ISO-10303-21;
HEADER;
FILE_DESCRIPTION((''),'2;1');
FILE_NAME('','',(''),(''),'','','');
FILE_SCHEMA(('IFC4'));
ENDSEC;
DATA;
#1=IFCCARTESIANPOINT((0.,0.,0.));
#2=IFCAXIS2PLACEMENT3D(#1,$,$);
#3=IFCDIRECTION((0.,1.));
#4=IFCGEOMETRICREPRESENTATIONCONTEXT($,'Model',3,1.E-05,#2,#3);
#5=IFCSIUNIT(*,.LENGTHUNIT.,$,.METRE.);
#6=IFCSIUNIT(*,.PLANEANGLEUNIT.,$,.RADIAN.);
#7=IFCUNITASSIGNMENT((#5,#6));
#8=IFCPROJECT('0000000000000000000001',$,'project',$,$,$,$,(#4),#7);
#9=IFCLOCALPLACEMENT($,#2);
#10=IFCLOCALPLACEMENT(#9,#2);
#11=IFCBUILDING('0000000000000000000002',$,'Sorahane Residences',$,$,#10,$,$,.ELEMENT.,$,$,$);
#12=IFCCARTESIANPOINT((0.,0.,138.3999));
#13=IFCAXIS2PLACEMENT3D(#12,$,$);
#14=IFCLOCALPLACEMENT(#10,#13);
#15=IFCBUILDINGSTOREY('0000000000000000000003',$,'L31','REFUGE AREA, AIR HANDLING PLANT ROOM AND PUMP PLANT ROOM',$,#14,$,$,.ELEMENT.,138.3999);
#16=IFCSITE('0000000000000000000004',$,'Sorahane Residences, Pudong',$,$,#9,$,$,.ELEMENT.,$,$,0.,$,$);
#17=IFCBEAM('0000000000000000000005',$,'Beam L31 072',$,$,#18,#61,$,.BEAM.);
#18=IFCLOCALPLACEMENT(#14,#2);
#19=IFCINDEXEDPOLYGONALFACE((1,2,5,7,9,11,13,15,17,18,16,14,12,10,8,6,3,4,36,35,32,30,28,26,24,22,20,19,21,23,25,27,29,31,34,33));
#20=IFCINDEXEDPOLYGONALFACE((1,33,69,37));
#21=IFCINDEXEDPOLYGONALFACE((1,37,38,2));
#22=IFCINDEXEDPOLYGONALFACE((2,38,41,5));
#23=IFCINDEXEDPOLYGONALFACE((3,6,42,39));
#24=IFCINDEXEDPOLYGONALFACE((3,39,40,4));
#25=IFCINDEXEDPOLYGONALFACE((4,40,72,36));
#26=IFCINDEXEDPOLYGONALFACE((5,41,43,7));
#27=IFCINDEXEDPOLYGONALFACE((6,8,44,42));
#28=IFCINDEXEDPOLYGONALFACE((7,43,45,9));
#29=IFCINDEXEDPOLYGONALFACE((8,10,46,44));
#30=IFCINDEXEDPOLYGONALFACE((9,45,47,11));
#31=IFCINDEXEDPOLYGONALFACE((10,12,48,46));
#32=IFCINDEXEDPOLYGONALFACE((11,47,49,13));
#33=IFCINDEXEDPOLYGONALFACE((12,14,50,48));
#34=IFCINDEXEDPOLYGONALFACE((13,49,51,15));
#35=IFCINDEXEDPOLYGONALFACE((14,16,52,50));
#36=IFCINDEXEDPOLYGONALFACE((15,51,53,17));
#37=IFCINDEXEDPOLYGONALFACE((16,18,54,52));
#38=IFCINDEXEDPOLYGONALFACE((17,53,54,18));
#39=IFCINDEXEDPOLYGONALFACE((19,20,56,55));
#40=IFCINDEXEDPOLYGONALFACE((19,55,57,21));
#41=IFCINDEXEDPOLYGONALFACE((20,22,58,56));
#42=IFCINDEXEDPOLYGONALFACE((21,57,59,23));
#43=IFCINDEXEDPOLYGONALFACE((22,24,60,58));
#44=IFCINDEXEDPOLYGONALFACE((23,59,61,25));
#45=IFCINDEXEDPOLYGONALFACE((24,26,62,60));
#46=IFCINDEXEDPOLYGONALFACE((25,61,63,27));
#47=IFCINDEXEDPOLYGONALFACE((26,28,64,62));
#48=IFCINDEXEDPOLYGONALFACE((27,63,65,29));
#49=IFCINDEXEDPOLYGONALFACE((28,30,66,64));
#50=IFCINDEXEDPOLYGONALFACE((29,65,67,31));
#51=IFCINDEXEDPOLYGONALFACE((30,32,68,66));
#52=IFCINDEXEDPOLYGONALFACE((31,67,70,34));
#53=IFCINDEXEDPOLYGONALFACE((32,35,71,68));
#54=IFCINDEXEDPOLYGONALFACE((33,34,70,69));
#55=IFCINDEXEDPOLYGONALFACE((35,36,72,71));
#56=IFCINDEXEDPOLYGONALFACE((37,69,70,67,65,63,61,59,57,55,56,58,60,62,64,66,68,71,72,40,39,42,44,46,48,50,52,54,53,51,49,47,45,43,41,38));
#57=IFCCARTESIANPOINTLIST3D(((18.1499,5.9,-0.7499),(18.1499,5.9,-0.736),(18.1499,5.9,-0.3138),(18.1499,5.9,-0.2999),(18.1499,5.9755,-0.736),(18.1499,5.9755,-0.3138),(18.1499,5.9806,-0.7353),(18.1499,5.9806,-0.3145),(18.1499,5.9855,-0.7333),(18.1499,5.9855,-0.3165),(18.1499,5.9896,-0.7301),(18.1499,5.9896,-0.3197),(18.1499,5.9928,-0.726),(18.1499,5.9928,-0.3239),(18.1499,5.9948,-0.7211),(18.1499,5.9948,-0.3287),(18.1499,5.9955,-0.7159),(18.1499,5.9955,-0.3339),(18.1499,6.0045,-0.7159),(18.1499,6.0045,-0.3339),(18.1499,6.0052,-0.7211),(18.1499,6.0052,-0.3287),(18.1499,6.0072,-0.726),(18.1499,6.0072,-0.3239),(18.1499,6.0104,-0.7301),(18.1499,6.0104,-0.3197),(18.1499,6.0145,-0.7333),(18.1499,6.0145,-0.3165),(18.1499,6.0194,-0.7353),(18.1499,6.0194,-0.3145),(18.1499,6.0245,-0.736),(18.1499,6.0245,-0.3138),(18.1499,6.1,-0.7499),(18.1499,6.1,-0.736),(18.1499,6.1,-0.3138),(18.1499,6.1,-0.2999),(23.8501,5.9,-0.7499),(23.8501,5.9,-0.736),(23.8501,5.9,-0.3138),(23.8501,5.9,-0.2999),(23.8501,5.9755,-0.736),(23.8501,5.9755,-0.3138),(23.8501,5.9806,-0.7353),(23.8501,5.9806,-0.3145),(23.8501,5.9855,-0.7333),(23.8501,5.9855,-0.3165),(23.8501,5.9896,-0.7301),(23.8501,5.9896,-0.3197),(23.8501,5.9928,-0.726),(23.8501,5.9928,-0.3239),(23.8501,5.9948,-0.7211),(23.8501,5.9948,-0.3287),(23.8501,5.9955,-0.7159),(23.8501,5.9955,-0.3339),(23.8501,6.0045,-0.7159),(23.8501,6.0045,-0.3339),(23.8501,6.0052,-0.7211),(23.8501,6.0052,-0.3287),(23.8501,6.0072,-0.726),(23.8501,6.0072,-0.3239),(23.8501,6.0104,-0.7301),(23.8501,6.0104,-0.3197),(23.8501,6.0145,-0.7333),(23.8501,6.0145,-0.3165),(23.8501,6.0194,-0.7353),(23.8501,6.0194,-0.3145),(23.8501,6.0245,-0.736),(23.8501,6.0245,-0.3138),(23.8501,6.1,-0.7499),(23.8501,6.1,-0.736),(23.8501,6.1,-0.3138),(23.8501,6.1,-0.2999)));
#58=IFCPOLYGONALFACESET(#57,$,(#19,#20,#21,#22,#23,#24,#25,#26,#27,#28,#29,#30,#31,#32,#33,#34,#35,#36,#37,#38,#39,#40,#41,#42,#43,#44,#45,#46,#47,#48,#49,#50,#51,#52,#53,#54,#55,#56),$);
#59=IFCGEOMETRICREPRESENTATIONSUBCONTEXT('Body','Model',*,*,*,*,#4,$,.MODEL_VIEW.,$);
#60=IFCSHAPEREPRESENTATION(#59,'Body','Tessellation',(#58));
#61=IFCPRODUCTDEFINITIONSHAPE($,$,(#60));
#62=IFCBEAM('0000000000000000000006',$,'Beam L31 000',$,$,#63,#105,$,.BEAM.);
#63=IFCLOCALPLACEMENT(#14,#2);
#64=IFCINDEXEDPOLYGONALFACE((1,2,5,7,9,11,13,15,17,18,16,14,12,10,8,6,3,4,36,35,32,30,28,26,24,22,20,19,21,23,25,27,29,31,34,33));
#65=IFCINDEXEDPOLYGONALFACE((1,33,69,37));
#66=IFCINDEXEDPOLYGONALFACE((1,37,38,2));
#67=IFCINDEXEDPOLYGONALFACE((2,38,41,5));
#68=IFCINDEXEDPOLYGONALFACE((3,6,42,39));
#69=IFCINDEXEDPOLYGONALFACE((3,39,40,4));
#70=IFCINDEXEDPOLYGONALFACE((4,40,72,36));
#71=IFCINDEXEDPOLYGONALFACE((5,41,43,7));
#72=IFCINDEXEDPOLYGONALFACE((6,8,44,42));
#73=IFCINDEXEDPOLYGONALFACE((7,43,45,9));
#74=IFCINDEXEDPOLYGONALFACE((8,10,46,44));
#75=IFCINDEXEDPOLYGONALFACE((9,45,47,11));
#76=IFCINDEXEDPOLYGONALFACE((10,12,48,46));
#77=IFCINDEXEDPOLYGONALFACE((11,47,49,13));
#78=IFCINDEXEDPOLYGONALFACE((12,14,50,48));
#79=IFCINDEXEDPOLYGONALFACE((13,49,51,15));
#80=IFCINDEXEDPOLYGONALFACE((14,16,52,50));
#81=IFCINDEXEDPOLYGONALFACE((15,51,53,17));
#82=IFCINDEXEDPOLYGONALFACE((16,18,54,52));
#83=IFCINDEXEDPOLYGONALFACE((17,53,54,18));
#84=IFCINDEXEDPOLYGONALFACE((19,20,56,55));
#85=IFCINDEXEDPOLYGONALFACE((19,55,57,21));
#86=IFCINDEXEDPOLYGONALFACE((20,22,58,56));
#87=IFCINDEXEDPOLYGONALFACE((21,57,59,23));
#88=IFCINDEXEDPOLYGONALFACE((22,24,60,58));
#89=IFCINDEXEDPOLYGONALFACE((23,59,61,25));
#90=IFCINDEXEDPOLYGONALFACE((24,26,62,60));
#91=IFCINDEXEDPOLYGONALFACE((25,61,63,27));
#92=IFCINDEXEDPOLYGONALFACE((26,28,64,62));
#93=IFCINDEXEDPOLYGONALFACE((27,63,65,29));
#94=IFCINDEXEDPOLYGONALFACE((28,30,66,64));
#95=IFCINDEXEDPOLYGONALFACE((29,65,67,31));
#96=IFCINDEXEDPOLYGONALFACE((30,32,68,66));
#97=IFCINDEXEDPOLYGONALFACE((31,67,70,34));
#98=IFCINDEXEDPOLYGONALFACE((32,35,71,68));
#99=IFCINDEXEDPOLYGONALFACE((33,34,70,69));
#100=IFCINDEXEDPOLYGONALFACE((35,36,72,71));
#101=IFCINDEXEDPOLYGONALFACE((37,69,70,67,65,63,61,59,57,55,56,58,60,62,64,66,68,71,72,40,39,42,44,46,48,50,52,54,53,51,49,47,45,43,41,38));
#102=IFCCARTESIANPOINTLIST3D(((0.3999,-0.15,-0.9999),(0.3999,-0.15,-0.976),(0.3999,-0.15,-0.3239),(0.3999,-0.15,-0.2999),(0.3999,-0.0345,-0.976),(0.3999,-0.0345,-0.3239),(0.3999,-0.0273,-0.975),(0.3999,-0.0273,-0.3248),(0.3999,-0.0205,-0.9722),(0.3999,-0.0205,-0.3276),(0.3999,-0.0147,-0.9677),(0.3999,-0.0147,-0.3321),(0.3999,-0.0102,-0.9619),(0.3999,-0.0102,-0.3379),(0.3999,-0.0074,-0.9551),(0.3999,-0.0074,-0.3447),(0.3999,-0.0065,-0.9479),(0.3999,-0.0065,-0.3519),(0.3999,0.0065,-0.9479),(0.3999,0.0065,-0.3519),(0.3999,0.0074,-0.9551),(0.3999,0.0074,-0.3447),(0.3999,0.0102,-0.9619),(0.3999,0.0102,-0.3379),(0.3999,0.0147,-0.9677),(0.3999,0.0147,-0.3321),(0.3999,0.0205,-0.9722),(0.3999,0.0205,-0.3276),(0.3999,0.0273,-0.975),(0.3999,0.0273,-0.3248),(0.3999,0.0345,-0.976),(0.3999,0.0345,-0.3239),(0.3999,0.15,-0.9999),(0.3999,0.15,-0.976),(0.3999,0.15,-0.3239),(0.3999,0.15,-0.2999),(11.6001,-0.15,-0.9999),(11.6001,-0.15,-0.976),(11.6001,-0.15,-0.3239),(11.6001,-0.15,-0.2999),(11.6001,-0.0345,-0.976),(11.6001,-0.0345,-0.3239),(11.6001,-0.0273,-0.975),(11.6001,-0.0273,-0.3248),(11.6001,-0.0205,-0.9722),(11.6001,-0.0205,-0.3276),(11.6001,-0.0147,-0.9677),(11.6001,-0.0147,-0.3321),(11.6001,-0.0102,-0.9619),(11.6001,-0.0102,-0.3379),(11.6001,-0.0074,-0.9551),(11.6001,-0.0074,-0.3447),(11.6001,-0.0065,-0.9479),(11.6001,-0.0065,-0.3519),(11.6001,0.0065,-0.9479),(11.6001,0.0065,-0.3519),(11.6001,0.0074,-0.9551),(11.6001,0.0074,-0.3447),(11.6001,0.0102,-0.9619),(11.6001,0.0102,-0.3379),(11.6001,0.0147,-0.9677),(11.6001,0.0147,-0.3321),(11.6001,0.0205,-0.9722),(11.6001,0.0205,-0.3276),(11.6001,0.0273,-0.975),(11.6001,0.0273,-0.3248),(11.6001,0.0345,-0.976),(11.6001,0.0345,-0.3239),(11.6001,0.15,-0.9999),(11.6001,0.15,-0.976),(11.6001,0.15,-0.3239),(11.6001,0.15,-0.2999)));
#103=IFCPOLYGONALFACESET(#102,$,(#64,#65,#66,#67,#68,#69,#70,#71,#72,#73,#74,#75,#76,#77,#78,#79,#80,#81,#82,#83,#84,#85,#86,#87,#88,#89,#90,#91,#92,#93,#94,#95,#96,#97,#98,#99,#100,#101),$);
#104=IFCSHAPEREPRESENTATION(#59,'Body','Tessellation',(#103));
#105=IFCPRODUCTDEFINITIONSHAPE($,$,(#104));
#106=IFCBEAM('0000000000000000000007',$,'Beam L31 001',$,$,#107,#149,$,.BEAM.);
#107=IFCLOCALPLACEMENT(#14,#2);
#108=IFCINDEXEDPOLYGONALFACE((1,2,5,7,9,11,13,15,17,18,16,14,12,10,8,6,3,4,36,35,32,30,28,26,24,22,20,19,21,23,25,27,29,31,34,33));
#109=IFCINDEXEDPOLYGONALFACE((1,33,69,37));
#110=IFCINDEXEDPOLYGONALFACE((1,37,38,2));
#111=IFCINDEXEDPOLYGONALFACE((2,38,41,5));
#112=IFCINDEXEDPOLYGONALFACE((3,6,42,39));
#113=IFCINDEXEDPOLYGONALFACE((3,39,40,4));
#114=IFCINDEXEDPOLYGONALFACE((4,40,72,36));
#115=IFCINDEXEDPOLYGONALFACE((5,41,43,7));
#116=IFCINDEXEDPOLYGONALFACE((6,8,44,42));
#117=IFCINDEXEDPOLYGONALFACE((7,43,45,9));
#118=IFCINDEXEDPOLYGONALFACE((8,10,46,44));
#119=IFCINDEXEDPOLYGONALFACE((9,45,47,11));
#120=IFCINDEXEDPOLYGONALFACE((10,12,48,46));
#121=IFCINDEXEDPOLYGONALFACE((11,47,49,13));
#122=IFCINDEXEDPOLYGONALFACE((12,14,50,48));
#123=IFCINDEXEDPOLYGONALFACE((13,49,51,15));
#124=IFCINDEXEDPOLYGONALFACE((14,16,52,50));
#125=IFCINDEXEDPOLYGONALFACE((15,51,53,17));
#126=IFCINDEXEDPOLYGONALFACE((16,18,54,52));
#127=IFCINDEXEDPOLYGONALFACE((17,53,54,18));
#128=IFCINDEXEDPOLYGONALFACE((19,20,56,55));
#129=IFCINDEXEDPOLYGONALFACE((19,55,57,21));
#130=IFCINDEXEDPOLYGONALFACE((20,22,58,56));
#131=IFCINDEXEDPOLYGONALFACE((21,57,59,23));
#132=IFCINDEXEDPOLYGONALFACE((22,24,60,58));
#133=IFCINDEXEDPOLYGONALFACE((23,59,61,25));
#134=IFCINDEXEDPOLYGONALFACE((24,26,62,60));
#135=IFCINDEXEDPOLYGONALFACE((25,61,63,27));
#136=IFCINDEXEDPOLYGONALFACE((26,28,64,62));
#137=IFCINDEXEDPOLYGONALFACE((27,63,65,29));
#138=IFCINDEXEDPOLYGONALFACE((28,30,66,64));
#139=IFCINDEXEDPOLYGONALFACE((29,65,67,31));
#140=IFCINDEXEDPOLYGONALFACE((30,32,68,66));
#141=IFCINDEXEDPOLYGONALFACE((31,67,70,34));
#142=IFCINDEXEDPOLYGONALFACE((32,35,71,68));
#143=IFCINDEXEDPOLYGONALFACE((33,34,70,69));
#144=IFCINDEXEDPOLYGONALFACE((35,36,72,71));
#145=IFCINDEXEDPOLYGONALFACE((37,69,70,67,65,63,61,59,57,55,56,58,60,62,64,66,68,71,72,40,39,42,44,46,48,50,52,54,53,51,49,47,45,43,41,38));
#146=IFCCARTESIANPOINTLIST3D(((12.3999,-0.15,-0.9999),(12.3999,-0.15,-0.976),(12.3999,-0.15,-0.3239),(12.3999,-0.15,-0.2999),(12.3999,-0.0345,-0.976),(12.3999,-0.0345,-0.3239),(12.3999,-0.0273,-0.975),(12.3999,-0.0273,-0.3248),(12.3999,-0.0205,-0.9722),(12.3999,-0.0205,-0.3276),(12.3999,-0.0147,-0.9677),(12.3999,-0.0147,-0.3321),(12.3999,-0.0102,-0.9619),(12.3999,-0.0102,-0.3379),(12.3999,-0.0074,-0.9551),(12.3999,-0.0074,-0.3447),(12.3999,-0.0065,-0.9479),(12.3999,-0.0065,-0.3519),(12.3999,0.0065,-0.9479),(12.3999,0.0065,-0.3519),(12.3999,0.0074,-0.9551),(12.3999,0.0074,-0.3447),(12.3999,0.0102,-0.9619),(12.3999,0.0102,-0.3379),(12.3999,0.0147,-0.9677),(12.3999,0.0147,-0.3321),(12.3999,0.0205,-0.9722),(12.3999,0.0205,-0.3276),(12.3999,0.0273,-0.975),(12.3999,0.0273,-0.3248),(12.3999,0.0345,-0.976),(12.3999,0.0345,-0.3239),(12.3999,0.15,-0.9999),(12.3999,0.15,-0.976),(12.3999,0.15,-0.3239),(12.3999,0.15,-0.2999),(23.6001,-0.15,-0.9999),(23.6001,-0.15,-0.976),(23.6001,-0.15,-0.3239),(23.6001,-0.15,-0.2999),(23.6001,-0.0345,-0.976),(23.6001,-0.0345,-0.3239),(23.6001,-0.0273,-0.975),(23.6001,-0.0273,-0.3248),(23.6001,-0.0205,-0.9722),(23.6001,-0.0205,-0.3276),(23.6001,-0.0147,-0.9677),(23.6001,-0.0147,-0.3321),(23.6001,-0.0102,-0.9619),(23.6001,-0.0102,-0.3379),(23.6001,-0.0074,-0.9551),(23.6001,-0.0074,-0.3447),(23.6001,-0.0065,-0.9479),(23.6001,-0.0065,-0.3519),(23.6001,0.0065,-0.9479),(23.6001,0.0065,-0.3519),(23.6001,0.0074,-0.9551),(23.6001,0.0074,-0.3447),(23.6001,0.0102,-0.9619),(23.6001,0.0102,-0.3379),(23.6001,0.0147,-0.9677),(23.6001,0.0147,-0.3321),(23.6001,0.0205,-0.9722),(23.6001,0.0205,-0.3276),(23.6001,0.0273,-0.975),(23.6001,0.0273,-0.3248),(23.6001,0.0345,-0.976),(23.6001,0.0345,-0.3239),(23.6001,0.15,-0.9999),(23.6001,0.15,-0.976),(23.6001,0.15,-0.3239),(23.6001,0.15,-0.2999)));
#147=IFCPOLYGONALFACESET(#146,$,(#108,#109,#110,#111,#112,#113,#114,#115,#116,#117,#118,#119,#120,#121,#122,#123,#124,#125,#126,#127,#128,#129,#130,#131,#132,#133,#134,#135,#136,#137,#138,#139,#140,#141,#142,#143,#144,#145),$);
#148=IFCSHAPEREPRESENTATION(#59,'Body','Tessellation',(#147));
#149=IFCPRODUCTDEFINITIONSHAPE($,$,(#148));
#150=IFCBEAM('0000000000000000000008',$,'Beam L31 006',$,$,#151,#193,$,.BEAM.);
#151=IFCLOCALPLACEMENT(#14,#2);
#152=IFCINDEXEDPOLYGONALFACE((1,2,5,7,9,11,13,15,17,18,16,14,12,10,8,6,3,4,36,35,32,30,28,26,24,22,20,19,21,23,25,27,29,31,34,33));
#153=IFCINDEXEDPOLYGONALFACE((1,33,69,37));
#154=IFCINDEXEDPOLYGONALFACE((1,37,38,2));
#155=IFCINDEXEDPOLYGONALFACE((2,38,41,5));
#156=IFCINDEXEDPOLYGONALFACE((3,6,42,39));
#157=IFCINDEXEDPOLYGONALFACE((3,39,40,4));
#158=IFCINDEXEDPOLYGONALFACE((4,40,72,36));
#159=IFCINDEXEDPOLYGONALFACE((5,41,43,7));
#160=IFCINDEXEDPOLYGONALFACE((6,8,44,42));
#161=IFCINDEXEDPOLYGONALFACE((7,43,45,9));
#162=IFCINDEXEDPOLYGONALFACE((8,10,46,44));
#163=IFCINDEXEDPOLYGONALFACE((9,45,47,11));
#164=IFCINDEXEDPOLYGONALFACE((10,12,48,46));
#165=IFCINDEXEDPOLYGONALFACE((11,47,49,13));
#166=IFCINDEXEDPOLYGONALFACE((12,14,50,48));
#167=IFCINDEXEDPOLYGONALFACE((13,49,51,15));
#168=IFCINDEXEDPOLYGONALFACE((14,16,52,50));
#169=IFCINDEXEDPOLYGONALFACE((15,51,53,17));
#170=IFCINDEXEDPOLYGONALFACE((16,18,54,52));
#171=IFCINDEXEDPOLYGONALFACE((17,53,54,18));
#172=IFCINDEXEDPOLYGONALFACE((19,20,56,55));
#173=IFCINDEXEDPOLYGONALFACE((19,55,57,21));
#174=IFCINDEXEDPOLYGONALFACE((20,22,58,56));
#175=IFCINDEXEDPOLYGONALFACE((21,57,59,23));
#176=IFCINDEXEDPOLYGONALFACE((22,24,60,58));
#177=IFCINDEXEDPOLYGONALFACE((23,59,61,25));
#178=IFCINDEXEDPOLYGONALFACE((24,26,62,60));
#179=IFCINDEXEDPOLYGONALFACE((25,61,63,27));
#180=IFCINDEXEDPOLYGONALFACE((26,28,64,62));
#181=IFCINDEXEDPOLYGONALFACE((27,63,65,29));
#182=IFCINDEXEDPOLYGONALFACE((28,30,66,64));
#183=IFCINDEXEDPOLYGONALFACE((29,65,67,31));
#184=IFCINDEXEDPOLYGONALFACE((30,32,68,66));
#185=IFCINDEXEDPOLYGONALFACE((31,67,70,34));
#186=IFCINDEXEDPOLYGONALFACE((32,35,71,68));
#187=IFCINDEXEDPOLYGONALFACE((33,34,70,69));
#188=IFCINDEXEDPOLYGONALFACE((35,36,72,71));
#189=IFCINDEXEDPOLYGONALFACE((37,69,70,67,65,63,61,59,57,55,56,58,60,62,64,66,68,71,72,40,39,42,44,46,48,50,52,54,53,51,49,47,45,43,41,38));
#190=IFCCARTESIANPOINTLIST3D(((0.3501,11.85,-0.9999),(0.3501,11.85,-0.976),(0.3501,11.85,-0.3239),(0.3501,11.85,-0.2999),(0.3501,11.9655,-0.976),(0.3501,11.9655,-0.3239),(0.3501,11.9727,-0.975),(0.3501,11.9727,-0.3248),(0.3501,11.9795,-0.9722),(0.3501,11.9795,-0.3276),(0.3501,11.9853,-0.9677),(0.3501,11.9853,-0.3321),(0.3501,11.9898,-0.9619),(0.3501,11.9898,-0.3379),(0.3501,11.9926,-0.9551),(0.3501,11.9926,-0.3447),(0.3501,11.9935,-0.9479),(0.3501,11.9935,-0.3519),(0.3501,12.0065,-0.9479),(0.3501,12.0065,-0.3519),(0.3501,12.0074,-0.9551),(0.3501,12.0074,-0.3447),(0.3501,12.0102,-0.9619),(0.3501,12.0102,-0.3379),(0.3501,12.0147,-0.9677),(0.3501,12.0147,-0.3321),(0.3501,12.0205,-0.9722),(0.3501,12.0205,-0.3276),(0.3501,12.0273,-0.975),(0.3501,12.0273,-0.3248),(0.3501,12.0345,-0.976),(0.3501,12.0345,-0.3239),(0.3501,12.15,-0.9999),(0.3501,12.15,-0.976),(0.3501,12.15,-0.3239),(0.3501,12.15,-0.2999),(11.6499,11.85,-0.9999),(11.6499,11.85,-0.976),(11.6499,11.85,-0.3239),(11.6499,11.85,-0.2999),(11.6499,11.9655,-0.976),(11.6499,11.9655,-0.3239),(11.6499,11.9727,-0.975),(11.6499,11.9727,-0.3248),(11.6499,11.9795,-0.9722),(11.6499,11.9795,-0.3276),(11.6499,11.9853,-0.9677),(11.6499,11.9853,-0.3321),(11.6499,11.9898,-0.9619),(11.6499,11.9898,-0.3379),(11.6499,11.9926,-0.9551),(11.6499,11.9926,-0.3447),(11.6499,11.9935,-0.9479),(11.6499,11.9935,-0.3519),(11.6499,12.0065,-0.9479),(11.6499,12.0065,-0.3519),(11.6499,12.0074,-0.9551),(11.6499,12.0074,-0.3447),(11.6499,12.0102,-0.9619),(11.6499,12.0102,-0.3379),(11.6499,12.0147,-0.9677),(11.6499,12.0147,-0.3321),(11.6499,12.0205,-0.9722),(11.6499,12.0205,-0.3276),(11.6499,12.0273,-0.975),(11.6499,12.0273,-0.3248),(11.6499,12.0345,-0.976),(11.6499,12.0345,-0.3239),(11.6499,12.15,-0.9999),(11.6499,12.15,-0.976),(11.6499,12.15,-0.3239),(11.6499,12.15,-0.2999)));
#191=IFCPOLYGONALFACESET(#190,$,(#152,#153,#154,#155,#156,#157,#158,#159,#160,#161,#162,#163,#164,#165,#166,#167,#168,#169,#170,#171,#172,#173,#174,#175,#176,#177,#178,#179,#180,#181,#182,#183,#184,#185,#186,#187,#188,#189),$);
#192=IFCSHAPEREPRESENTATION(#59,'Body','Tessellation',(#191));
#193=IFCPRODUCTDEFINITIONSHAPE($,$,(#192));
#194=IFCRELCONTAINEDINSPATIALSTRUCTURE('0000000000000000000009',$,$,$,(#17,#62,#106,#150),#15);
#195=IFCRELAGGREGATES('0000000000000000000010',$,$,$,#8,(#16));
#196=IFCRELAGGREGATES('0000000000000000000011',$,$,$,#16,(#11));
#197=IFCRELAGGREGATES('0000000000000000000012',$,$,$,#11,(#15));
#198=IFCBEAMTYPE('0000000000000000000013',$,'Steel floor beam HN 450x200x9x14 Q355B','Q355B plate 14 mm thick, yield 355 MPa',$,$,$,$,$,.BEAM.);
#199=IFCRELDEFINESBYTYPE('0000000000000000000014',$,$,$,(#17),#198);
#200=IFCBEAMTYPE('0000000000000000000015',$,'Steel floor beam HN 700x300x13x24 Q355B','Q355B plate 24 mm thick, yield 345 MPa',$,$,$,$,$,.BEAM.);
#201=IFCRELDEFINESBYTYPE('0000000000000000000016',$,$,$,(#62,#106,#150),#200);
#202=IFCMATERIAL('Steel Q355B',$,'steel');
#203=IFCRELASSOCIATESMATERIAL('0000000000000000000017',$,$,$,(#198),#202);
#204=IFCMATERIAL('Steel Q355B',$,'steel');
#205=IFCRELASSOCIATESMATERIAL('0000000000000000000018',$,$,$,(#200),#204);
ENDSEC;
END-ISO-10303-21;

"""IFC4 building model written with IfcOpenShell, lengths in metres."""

from ifc_helpers import new_model, si_unit, direction, frame, origin, origin_2d, place, context, subcontext, project, spatial, i_section, extrude, material, material_profile, profile_set, type_object, element, save


model = new_model("IFC4")

# Units and contexts
model_context = context("Model", 3, precision=1e-05, world=origin(), true_north=direction((0.0, 1.0)))
body_context = subcontext(model_context, "Body", "Model", "MODEL_VIEW")
ifc_project = project(units=[si_unit("LENGTHUNIT", "METRE"), si_unit("PLANEANGLEUNIT", "RADIAN")], contexts=[model_context])

# Site, building, storey
site_placement = place(None, origin())
site = spatial("IfcSite", under=ifc_project, at=site_placement, Name="Sorahane Residences, Pudong", CompositionType="ELEMENT", RefElevation=0.0)
building_placement = place(site_placement, origin())
building = spatial("IfcBuilding", under=site, at=building_placement, Name="Sorahane Residences", CompositionType="ELEMENT")
storey_placement = place(building_placement, frame((0.0, 0.0, 138.3999)))
storey = spatial("IfcBuildingStorey", under=building, at=storey_placement, Name="L31", Description="REFUGE AREA, AIR HANDLING PLANT ROOM AND PUMP PLANT ROOM", CompositionType="ELEMENT", Elevation=138.3999)

# Beams
ifc_material_1 = material(Name="Steel Q355B", Category="steel")
ifc_material_profile_1 = material_profile(ifc_material_1, i_section(OverallWidth=0.2, OverallDepth=0.45, WebThickness=0.009, FlangeThickness=0.0139, FilletRadius=0.02, at=origin_2d()), Name="HN 450x200x9x14")
ifc_profile_set_1 = profile_set([ifc_material_profile_1], Name="Steel Q355B")
beam_type_1 = type_object("IfcBeamType", Name="Steel floor beam HN 450x200x9x14 Q355B", Description="Q355B plate 14 mm thick, yield 355 MPa", PredefinedType="BEAM", material=ifc_profile_set_1)
for number, where, z_axis, x_axis, name in (
    (1, (18.1499, 6.0, -0.5249), (1.0, 0.0, 0.0), (0.0, 1.0, 0.0), "Beam L31 072"),
):
    element("IfcBeam", number, at=place(storey_placement, frame(where, z_axis=z_axis, x_axis=x_axis)), inside=storey, type_object=beam_type_1, Name=name, PredefinedType="BEAM", context=body_context, shape_type="SweptSolid", body=[
        extrude(i_section(OverallWidth=0.2, OverallDepth=0.45, WebThickness=0.009, FlangeThickness=0.0139, FilletRadius=0.02, at=origin_2d()), origin(), (0.0, 0.0, 1.0), 5.7002),
    ])
ifc_material_2 = material(Name="Steel Q355B", Category="steel")
ifc_material_profile_2 = material_profile(ifc_material_2, i_section(OverallWidth=0.3, OverallDepth=0.7, WebThickness=0.0129, FlangeThickness=0.0239, FilletRadius=0.0281, at=origin_2d()), Name="HN 700x300x13x24")
ifc_profile_set_2 = profile_set([ifc_material_profile_2], Name="Steel Q355B")
beam_type_2 = type_object("IfcBeamType", Name="Steel floor beam HN 700x300x13x24 Q355B", Description="Q355B plate 24 mm thick, yield 345 MPa", PredefinedType="BEAM", material=ifc_profile_set_2)
for number, where, z_axis, x_axis, name in (
    (2, (0.3999, 0.0, -0.6499), (1.0, 0.0, 0.0), (0.0, 1.0, 0.0), "Beam L31 000"),
    (3, (12.3999, 0.0, -0.6499), (1.0, 0.0, 0.0), (0.0, 1.0, 0.0), "Beam L31 001"),
):
    element("IfcBeam", number, at=place(storey_placement, frame(where, z_axis=z_axis, x_axis=x_axis)), inside=storey, type_object=beam_type_2, Name=name, PredefinedType="BEAM", context=body_context, shape_type="SweptSolid", body=[
        extrude(i_section(OverallWidth=0.3, OverallDepth=0.7, WebThickness=0.0129, FlangeThickness=0.0239, FilletRadius=0.0281, at=origin_2d()), origin(), (0.0, 0.0, 1.0), 11.2002),
    ])
for number, where, z_axis, x_axis, name in (
    (4, (0.3501, 12.0, -0.6499), (1.0, 0.0, 0.0), (0.0, 1.0, 0.0), "Beam L31 006"),
):
    element("IfcBeam", number, at=place(storey_placement, frame(where, z_axis=z_axis, x_axis=x_axis)), inside=storey, type_object=beam_type_2, Name=name, PredefinedType="BEAM", context=body_context, shape_type="SweptSolid", body=[
        extrude(i_section(OverallWidth=0.3, OverallDepth=0.7, WebThickness=0.0129, FlangeThickness=0.0239, FilletRadius=0.0281, at=origin_2d()), origin(), (0.0, 0.0, 1.0), 11.2998),
    ])

save(model, "model.ifc")
